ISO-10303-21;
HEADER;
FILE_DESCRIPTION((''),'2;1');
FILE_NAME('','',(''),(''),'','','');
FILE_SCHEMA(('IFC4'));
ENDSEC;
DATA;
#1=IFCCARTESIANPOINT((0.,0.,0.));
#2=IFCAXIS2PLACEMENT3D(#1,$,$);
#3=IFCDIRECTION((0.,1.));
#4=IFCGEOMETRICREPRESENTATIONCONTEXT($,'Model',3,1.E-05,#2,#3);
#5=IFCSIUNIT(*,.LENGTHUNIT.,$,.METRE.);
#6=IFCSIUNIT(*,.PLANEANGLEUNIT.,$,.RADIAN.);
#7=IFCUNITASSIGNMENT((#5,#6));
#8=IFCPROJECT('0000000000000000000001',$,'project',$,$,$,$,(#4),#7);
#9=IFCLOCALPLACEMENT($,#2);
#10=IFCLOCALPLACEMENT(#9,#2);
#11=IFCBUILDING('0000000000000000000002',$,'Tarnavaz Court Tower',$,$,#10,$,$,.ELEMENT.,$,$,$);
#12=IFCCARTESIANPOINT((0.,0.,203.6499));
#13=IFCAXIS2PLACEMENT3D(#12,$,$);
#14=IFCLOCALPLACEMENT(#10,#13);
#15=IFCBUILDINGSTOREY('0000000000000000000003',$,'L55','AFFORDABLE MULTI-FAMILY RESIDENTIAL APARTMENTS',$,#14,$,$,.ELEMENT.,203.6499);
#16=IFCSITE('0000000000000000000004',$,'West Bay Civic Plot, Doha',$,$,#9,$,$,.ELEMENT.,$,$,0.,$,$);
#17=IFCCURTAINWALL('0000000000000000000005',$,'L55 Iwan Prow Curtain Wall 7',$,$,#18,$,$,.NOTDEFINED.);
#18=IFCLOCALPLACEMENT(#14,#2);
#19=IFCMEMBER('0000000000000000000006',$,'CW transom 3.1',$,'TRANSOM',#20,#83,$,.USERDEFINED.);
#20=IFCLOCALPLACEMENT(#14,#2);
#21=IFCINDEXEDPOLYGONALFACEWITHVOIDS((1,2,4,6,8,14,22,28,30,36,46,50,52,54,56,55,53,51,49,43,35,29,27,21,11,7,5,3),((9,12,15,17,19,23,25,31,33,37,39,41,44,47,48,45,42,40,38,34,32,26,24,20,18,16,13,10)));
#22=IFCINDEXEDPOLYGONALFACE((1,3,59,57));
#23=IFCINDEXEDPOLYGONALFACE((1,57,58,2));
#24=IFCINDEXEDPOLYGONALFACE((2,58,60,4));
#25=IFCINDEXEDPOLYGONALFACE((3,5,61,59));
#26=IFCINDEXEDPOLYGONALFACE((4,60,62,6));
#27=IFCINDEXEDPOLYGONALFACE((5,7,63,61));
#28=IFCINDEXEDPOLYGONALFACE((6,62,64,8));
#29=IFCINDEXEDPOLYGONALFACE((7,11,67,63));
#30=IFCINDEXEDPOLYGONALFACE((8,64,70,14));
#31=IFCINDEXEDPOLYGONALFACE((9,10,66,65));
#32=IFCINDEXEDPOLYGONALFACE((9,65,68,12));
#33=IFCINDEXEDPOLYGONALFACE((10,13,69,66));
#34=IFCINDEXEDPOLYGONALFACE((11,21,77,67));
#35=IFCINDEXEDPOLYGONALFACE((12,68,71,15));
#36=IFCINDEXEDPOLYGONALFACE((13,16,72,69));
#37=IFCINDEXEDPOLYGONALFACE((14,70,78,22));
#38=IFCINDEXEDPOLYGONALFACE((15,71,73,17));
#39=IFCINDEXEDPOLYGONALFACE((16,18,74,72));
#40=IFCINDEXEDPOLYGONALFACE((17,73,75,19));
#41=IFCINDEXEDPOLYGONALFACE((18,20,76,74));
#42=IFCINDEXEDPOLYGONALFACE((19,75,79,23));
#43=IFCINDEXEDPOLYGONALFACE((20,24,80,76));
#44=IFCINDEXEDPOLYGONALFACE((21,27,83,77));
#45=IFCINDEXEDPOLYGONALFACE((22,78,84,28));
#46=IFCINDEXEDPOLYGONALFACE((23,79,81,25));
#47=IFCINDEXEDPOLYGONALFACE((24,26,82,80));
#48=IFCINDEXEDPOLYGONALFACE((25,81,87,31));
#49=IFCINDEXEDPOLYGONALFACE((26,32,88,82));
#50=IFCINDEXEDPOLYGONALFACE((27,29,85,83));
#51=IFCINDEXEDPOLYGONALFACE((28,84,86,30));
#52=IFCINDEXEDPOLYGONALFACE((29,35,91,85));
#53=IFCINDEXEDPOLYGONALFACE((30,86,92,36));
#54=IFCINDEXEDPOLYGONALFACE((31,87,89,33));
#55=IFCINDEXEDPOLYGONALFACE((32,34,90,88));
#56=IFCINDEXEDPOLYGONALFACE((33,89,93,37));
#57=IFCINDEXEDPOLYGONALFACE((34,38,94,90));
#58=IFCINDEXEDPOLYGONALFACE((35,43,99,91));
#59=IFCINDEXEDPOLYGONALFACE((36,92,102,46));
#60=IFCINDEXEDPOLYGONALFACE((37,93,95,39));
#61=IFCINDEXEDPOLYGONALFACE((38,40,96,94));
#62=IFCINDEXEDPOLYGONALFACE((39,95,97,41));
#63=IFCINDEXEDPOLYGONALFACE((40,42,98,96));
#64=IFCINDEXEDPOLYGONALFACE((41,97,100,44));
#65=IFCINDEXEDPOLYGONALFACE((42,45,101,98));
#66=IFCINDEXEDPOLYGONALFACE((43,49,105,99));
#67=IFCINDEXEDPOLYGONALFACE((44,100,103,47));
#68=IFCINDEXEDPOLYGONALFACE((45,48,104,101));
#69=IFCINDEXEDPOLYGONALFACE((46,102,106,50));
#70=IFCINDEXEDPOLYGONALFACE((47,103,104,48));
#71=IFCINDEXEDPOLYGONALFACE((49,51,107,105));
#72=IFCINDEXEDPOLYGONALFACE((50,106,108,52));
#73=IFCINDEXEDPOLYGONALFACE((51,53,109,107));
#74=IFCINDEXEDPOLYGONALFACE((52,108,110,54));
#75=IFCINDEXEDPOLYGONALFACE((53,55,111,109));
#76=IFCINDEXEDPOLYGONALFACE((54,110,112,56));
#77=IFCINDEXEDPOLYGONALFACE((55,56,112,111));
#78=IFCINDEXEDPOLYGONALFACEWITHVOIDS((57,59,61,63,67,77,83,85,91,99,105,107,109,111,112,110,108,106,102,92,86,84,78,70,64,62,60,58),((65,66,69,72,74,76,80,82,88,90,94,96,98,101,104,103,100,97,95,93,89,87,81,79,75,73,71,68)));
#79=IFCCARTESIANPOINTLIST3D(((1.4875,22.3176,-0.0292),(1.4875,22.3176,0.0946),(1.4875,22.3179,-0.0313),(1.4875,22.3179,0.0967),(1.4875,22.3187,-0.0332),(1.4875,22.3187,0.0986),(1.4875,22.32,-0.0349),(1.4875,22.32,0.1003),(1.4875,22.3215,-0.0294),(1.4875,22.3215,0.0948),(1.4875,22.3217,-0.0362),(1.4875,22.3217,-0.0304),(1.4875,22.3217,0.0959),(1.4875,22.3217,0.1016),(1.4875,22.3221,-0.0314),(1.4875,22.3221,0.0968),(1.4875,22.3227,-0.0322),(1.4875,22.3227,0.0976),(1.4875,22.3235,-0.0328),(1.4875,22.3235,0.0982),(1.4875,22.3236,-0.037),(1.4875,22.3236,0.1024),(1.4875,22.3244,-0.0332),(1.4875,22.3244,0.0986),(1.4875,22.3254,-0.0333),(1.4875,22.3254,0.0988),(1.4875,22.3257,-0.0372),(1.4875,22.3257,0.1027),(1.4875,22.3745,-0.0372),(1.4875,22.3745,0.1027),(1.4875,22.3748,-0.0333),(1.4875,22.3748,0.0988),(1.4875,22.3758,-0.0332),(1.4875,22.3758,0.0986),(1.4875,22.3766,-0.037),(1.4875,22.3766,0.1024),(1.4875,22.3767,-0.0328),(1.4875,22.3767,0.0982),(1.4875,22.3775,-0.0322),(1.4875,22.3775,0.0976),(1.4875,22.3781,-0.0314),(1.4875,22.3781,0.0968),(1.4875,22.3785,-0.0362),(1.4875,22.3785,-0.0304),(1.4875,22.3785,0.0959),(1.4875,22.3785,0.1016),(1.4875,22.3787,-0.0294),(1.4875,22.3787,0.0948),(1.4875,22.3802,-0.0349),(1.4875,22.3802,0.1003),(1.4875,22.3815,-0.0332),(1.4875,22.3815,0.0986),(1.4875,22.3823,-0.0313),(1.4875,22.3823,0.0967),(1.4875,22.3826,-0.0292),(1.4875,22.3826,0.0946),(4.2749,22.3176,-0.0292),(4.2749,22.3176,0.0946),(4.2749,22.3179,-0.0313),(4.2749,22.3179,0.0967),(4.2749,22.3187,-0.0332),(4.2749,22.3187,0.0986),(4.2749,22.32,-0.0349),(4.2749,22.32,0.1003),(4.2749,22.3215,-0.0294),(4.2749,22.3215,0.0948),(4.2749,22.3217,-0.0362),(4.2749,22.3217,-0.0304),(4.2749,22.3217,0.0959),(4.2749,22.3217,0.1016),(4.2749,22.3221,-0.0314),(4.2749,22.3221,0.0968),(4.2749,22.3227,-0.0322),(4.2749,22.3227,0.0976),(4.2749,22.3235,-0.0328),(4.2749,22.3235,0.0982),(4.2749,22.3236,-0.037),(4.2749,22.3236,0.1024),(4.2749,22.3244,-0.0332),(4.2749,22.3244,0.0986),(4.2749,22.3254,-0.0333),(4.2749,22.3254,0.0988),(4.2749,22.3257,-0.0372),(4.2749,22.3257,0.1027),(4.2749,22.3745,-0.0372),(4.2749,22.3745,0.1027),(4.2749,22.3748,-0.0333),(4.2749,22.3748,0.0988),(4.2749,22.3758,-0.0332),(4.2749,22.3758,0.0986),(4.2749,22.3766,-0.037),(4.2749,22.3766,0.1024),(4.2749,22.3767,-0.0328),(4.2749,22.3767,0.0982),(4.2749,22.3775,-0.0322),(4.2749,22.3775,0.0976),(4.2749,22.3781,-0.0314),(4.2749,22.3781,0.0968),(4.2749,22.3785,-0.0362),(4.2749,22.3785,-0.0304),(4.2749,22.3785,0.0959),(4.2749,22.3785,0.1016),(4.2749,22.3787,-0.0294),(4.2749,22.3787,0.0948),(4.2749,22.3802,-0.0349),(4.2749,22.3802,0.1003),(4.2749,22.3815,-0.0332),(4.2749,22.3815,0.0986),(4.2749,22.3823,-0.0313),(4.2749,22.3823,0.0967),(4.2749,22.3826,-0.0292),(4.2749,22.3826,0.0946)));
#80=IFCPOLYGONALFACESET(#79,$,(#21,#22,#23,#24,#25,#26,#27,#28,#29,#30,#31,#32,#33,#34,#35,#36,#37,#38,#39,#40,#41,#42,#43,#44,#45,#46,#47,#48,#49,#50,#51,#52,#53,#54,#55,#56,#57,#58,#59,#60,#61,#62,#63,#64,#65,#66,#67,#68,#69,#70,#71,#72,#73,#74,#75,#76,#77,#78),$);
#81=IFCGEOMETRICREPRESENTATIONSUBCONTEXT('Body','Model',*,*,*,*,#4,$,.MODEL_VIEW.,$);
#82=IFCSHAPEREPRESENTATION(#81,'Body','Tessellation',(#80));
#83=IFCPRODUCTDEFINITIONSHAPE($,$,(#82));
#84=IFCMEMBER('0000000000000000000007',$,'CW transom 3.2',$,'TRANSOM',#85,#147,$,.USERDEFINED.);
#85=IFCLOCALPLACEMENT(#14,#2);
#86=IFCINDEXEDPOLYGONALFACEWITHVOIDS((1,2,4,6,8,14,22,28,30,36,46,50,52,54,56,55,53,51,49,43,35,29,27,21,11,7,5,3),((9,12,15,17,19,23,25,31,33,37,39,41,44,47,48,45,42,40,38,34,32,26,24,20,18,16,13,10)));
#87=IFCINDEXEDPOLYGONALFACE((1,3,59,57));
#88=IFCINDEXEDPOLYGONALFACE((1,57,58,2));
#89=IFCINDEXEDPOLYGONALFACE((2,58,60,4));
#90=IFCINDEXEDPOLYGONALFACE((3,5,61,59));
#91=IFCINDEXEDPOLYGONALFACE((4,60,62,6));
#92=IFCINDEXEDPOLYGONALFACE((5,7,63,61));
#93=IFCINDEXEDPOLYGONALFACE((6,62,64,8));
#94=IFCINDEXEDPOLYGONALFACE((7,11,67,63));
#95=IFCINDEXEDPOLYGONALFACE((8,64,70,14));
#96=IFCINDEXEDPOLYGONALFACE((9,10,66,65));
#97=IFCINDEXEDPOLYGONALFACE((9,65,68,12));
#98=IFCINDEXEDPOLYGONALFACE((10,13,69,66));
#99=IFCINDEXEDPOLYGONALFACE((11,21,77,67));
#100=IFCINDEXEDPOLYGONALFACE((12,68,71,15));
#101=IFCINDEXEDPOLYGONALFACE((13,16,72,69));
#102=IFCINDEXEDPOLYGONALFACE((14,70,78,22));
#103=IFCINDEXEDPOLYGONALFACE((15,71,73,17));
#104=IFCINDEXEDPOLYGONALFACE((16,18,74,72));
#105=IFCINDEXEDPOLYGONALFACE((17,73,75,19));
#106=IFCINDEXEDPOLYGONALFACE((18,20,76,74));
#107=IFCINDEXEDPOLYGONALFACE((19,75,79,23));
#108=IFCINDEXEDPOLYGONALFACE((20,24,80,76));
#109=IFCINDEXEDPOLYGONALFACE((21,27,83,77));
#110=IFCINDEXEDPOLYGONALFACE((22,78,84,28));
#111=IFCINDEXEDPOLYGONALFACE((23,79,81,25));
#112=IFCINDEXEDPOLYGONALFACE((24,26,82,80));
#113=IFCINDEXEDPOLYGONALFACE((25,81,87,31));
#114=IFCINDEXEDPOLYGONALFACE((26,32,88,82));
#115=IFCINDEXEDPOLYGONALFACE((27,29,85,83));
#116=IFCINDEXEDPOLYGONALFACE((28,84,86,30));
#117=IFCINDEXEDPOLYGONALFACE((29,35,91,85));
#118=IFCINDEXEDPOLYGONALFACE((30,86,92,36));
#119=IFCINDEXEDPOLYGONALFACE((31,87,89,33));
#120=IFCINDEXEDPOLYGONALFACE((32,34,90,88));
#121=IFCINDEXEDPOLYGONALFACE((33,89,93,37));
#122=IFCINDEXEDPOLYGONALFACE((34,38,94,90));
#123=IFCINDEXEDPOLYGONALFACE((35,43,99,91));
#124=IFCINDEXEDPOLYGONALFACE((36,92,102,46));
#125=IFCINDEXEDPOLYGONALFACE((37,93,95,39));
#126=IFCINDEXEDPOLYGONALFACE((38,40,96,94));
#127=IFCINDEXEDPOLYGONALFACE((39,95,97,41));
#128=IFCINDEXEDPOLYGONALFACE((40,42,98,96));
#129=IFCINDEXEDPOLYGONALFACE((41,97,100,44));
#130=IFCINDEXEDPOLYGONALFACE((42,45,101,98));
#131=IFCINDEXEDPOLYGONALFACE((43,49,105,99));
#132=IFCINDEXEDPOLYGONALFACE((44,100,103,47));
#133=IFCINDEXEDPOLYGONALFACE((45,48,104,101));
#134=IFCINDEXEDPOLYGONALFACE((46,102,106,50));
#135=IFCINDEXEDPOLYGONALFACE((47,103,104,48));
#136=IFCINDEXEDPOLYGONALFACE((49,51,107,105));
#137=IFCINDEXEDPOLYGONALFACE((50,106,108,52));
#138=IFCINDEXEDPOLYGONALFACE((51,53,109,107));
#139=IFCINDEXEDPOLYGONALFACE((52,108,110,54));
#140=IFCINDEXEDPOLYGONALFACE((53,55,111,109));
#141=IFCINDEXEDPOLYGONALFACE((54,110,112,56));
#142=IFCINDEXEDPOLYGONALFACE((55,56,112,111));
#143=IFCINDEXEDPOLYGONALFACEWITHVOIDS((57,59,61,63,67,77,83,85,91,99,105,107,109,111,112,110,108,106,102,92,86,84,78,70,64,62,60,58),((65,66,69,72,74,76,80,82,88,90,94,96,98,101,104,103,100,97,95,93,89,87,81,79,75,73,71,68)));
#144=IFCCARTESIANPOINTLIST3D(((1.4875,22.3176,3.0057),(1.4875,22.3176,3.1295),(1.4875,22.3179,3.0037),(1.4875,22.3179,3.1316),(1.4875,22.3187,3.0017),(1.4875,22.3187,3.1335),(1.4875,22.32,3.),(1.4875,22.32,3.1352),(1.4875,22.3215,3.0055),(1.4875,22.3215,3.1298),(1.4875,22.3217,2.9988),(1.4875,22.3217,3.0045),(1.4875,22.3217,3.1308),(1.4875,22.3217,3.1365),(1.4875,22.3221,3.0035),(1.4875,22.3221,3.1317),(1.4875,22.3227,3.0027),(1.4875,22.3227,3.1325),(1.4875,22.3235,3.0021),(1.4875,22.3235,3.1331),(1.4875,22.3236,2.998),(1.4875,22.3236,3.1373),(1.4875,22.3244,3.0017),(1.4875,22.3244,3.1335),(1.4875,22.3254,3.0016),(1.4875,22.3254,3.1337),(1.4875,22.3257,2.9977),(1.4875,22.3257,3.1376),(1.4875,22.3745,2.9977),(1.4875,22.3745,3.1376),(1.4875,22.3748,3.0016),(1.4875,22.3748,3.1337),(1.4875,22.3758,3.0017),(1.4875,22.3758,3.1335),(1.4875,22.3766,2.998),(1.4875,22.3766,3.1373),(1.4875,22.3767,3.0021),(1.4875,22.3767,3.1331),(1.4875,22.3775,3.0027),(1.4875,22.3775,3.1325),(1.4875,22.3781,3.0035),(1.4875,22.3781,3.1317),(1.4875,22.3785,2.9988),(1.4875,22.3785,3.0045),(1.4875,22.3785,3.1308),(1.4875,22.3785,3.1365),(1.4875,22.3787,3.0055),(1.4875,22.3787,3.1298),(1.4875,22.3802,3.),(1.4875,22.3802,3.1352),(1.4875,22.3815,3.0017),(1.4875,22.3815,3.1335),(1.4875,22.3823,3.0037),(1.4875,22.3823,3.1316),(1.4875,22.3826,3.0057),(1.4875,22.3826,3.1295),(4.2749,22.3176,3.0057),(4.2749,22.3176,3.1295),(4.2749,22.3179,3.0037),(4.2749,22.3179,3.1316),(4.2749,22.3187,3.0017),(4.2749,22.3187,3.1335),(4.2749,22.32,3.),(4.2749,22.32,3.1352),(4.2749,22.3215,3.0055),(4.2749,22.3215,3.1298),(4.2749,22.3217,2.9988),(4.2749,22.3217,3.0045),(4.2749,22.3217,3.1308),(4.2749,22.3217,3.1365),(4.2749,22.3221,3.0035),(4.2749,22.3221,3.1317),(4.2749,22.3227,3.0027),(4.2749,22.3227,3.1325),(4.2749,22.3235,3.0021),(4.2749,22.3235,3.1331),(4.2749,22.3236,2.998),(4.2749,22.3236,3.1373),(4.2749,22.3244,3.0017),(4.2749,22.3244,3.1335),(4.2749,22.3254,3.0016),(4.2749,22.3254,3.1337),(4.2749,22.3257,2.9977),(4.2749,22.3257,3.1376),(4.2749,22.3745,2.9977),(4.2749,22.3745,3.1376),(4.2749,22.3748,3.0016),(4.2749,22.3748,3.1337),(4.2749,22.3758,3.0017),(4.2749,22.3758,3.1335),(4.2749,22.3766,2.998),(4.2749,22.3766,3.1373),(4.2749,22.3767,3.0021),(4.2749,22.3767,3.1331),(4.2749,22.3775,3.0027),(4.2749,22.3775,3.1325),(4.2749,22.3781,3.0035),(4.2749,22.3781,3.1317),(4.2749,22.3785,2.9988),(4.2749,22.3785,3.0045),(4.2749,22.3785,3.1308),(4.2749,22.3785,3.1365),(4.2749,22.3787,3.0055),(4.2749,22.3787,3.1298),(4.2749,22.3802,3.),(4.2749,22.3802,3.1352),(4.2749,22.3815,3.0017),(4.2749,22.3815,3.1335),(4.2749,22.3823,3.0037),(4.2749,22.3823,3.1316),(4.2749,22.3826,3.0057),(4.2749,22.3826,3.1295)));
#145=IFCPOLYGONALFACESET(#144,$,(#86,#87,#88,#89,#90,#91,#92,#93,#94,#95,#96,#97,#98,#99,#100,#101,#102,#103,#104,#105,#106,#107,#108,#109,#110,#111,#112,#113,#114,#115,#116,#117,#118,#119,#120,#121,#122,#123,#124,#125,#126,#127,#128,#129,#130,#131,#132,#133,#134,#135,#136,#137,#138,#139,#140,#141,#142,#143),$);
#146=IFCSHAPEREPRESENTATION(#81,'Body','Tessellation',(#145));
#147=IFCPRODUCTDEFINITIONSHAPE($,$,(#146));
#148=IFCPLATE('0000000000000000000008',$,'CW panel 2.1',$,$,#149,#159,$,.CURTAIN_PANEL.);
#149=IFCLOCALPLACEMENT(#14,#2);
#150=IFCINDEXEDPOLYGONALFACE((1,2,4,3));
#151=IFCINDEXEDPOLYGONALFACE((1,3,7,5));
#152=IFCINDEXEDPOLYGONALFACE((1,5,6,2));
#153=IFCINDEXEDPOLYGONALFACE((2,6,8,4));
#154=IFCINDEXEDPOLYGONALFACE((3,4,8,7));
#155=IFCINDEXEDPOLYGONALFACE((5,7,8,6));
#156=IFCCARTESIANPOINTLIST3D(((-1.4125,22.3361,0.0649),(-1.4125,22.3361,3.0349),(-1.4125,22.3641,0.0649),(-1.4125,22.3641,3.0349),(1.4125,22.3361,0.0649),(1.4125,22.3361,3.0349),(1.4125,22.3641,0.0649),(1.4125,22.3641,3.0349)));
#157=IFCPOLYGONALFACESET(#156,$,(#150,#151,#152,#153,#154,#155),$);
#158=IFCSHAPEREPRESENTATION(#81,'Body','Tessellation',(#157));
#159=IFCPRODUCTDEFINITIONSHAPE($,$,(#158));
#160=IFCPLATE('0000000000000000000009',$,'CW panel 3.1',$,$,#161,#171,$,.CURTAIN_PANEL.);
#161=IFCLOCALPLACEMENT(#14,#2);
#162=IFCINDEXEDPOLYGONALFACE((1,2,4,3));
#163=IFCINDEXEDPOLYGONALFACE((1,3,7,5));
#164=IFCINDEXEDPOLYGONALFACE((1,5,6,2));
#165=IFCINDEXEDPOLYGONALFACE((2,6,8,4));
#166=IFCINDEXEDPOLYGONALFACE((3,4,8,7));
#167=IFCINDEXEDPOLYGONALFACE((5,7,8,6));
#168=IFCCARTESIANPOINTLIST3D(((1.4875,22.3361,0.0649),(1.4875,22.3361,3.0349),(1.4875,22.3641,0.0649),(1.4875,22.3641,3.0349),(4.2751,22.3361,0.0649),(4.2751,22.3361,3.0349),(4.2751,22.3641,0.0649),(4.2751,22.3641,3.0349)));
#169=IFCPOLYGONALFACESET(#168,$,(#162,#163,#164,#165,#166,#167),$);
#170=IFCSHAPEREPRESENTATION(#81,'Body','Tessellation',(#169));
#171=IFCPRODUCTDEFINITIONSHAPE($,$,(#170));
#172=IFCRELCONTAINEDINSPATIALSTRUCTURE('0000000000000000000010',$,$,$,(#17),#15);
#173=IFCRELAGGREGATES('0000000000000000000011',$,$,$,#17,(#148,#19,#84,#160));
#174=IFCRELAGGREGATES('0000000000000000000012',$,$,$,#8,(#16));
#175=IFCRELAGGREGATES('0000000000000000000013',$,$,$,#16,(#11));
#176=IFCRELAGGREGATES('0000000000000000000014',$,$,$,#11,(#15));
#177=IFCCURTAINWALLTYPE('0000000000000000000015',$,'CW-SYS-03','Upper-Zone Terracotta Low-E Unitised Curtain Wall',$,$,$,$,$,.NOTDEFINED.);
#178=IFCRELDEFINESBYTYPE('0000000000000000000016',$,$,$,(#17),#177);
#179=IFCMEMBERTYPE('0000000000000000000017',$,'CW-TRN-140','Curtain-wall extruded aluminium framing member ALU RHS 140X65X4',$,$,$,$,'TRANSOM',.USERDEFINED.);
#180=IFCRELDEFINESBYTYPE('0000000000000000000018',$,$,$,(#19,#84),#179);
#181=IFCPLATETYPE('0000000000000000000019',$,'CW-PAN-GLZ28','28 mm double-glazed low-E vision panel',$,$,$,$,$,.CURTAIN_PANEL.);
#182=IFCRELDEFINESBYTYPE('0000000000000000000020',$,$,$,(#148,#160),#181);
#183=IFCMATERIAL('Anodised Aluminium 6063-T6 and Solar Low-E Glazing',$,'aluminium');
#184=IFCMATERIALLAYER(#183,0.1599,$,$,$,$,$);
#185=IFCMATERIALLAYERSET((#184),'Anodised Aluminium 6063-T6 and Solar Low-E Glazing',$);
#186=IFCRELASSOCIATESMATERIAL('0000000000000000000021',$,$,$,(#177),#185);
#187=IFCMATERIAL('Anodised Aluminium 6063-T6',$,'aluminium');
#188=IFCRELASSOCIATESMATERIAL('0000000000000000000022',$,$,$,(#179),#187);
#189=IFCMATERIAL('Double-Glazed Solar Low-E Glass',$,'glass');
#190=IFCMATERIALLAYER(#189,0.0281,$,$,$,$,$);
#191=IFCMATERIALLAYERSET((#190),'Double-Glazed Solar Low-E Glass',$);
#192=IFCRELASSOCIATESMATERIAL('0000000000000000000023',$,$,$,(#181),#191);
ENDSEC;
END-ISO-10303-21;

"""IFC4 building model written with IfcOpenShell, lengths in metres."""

from ifc_helpers import new_model, si_unit, direction, frame, origin, origin_2d, place, context, subcontext, project, spatial, rectangle, hollow_rectangle, extrude, material, layer, layer_set, material_profile, profile_set, type_object, element, aggregate, save


model = new_model("IFC4")

# Units and contexts
model_context = context("Model", 3, precision=1e-05, world=origin(), true_north=direction((0.0, 1.0)))
body_context = subcontext(model_context, "Body", "Model", "MODEL_VIEW")
ifc_project = project(units=[si_unit("LENGTHUNIT", "METRE"), si_unit("PLANEANGLEUNIT", "RADIAN")], contexts=[model_context])

# Site, building, storey
site_placement = place(None, origin())
site = spatial("IfcSite", under=ifc_project, at=site_placement, Name="West Bay Civic Plot, Doha", CompositionType="ELEMENT", RefElevation=0.0)
building_placement = place(site_placement, origin())
building = spatial("IfcBuilding", under=site, at=building_placement, Name="Tarnavaz Court Tower", CompositionType="ELEMENT")
storey_placement = place(building_placement, frame((0.0, 0.0, 203.6499)))
storey = spatial("IfcBuildingStorey", under=building, at=storey_placement, Name="L55", Description="AFFORDABLE MULTI-FAMILY RESIDENTIAL APARTMENTS", CompositionType="ELEMENT", Elevation=203.6499)

# Curtain wall, members, plates
ifc_material_1 = material(Name="Anodised Aluminium 6063-T6 and Solar Low-E Glazing", Category="aluminium")
ifc_layer_1 = layer(ifc_material_1, 0.1599)
ifc_layer_set_1 = layer_set([ifc_layer_1], Name="Anodised Aluminium 6063-T6 and Solar Low-E Glazing")
curtain_wall_type = type_object("IfcCurtainWallType", Name="CW-SYS-03", Description="Upper-Zone Terracotta Low-E Unitised Curtain Wall", PredefinedType="NOTDEFINED", material=ifc_layer_set_1)
curtain_wall_placement = place(storey_placement, origin())
curtain_wall = element("IfcCurtainWall", 1, at=curtain_wall_placement, inside=storey, type_object=curtain_wall_type, Name="L55 Iwan Prow Curtain Wall 7", PredefinedType="NOTDEFINED")
ifc_material_2 = material(Name="Anodised Aluminium 6063-T6", Category="aluminium")
ifc_material_profile_1 = material_profile(ifc_material_2, hollow_rectangle(XDim=0.0649, YDim=0.1399, WallThickness=0.0039, InnerFilletRadius=0.0039, OuterFilletRadius=0.0081, at=origin_2d()), Name="ALU RHS 140X65X4")
ifc_profile_set_1 = profile_set([ifc_material_profile_1], Name="Anodised Aluminium 6063-T6")
member_type_1 = type_object("IfcMemberType", Name="CW-TRN-140", Description="Curtain-wall extruded aluminium framing member ALU RHS 140X65X4", ElementType="TRANSOM", PredefinedType="USERDEFINED", material=ifc_profile_set_1)
member_1_placement = place(storey_placement, frame((1.4875, 22.3501, 0.0327), z_axis=(1.0, 0.0, 0.0), x_axis=(0.0, 1.0, 0.0)))
member_1 = element("IfcMember", 2, at=member_1_placement, type_object=member_type_1, Name="CW transom 3.1", ObjectType="TRANSOM", PredefinedType="USERDEFINED", context=body_context, shape_type="SweptSolid", body=[
    extrude(hollow_rectangle(XDim=0.0649, YDim=0.1399, WallThickness=0.0039, InnerFilletRadius=0.0039, OuterFilletRadius=0.0081, at=origin_2d()), origin(), (0.0, 0.0, 1.0), 2.7874),
])
member_2_placement = place(storey_placement, frame((1.4875, 22.3501, 3.0676), z_axis=(1.0, 0.0, 0.0), x_axis=(0.0, 1.0, 0.0)))
member_2 = element("IfcMember", 3, at=member_2_placement, type_object=member_type_1, Name="CW transom 3.2", ObjectType="TRANSOM", PredefinedType="USERDEFINED", context=body_context, shape_type="SweptSolid", body=[
    extrude(hollow_rectangle(XDim=0.0649, YDim=0.1399, WallThickness=0.0039, InnerFilletRadius=0.0039, OuterFilletRadius=0.0081, at=origin_2d()), origin(), (0.0, 0.0, 1.0), 2.7874),
])
ifc_material_3 = material(Name="Double-Glazed Solar Low-E Glass", Category="glass")
ifc_layer_2 = layer(ifc_material_3, 0.0281)
ifc_layer_set_2 = layer_set([ifc_layer_2], Name="Double-Glazed Solar Low-E Glass")
plate_type = type_object("IfcPlateType", Name="CW-PAN-GLZ28", Description="28 mm double-glazed low-E vision panel", PredefinedType="CURTAIN_PANEL", material=ifc_layer_set_2)
plate_1_placement = place(storey_placement, frame((0.0, 22.3501, 0.0649), z_axis=(0.0, 0.0, 1.0), x_axis=(1.0, 0.0, 0.0)))
plate_1 = element("IfcPlate", 4, at=plate_1_placement, type_object=plate_type, Name="CW panel 2.1", PredefinedType="CURTAIN_PANEL", context=body_context, shape_type="SweptSolid", body=[
    extrude(rectangle(XDim=2.825, YDim=0.0281, at=origin_2d()), origin(), (0.0, 0.0, 1.0), 2.97),
])
plate_2_placement = place(storey_placement, frame((2.8813, 22.3501, 0.0649), z_axis=(0.0, 0.0, 1.0), x_axis=(1.0, 0.0, 0.0)))
plate_2 = element("IfcPlate", 5, at=plate_2_placement, type_object=plate_type, Name="CW panel 3.1", PredefinedType="CURTAIN_PANEL", context=body_context, shape_type="SweptSolid", body=[
    extrude(rectangle(XDim=2.7876, YDim=0.0281, at=origin_2d()), origin(), (0.0, 0.0, 1.0), 2.97),
])
aggregate(curtain_wall, [plate_1, member_1, member_2, plate_2])

save(model, "model.ifc")
